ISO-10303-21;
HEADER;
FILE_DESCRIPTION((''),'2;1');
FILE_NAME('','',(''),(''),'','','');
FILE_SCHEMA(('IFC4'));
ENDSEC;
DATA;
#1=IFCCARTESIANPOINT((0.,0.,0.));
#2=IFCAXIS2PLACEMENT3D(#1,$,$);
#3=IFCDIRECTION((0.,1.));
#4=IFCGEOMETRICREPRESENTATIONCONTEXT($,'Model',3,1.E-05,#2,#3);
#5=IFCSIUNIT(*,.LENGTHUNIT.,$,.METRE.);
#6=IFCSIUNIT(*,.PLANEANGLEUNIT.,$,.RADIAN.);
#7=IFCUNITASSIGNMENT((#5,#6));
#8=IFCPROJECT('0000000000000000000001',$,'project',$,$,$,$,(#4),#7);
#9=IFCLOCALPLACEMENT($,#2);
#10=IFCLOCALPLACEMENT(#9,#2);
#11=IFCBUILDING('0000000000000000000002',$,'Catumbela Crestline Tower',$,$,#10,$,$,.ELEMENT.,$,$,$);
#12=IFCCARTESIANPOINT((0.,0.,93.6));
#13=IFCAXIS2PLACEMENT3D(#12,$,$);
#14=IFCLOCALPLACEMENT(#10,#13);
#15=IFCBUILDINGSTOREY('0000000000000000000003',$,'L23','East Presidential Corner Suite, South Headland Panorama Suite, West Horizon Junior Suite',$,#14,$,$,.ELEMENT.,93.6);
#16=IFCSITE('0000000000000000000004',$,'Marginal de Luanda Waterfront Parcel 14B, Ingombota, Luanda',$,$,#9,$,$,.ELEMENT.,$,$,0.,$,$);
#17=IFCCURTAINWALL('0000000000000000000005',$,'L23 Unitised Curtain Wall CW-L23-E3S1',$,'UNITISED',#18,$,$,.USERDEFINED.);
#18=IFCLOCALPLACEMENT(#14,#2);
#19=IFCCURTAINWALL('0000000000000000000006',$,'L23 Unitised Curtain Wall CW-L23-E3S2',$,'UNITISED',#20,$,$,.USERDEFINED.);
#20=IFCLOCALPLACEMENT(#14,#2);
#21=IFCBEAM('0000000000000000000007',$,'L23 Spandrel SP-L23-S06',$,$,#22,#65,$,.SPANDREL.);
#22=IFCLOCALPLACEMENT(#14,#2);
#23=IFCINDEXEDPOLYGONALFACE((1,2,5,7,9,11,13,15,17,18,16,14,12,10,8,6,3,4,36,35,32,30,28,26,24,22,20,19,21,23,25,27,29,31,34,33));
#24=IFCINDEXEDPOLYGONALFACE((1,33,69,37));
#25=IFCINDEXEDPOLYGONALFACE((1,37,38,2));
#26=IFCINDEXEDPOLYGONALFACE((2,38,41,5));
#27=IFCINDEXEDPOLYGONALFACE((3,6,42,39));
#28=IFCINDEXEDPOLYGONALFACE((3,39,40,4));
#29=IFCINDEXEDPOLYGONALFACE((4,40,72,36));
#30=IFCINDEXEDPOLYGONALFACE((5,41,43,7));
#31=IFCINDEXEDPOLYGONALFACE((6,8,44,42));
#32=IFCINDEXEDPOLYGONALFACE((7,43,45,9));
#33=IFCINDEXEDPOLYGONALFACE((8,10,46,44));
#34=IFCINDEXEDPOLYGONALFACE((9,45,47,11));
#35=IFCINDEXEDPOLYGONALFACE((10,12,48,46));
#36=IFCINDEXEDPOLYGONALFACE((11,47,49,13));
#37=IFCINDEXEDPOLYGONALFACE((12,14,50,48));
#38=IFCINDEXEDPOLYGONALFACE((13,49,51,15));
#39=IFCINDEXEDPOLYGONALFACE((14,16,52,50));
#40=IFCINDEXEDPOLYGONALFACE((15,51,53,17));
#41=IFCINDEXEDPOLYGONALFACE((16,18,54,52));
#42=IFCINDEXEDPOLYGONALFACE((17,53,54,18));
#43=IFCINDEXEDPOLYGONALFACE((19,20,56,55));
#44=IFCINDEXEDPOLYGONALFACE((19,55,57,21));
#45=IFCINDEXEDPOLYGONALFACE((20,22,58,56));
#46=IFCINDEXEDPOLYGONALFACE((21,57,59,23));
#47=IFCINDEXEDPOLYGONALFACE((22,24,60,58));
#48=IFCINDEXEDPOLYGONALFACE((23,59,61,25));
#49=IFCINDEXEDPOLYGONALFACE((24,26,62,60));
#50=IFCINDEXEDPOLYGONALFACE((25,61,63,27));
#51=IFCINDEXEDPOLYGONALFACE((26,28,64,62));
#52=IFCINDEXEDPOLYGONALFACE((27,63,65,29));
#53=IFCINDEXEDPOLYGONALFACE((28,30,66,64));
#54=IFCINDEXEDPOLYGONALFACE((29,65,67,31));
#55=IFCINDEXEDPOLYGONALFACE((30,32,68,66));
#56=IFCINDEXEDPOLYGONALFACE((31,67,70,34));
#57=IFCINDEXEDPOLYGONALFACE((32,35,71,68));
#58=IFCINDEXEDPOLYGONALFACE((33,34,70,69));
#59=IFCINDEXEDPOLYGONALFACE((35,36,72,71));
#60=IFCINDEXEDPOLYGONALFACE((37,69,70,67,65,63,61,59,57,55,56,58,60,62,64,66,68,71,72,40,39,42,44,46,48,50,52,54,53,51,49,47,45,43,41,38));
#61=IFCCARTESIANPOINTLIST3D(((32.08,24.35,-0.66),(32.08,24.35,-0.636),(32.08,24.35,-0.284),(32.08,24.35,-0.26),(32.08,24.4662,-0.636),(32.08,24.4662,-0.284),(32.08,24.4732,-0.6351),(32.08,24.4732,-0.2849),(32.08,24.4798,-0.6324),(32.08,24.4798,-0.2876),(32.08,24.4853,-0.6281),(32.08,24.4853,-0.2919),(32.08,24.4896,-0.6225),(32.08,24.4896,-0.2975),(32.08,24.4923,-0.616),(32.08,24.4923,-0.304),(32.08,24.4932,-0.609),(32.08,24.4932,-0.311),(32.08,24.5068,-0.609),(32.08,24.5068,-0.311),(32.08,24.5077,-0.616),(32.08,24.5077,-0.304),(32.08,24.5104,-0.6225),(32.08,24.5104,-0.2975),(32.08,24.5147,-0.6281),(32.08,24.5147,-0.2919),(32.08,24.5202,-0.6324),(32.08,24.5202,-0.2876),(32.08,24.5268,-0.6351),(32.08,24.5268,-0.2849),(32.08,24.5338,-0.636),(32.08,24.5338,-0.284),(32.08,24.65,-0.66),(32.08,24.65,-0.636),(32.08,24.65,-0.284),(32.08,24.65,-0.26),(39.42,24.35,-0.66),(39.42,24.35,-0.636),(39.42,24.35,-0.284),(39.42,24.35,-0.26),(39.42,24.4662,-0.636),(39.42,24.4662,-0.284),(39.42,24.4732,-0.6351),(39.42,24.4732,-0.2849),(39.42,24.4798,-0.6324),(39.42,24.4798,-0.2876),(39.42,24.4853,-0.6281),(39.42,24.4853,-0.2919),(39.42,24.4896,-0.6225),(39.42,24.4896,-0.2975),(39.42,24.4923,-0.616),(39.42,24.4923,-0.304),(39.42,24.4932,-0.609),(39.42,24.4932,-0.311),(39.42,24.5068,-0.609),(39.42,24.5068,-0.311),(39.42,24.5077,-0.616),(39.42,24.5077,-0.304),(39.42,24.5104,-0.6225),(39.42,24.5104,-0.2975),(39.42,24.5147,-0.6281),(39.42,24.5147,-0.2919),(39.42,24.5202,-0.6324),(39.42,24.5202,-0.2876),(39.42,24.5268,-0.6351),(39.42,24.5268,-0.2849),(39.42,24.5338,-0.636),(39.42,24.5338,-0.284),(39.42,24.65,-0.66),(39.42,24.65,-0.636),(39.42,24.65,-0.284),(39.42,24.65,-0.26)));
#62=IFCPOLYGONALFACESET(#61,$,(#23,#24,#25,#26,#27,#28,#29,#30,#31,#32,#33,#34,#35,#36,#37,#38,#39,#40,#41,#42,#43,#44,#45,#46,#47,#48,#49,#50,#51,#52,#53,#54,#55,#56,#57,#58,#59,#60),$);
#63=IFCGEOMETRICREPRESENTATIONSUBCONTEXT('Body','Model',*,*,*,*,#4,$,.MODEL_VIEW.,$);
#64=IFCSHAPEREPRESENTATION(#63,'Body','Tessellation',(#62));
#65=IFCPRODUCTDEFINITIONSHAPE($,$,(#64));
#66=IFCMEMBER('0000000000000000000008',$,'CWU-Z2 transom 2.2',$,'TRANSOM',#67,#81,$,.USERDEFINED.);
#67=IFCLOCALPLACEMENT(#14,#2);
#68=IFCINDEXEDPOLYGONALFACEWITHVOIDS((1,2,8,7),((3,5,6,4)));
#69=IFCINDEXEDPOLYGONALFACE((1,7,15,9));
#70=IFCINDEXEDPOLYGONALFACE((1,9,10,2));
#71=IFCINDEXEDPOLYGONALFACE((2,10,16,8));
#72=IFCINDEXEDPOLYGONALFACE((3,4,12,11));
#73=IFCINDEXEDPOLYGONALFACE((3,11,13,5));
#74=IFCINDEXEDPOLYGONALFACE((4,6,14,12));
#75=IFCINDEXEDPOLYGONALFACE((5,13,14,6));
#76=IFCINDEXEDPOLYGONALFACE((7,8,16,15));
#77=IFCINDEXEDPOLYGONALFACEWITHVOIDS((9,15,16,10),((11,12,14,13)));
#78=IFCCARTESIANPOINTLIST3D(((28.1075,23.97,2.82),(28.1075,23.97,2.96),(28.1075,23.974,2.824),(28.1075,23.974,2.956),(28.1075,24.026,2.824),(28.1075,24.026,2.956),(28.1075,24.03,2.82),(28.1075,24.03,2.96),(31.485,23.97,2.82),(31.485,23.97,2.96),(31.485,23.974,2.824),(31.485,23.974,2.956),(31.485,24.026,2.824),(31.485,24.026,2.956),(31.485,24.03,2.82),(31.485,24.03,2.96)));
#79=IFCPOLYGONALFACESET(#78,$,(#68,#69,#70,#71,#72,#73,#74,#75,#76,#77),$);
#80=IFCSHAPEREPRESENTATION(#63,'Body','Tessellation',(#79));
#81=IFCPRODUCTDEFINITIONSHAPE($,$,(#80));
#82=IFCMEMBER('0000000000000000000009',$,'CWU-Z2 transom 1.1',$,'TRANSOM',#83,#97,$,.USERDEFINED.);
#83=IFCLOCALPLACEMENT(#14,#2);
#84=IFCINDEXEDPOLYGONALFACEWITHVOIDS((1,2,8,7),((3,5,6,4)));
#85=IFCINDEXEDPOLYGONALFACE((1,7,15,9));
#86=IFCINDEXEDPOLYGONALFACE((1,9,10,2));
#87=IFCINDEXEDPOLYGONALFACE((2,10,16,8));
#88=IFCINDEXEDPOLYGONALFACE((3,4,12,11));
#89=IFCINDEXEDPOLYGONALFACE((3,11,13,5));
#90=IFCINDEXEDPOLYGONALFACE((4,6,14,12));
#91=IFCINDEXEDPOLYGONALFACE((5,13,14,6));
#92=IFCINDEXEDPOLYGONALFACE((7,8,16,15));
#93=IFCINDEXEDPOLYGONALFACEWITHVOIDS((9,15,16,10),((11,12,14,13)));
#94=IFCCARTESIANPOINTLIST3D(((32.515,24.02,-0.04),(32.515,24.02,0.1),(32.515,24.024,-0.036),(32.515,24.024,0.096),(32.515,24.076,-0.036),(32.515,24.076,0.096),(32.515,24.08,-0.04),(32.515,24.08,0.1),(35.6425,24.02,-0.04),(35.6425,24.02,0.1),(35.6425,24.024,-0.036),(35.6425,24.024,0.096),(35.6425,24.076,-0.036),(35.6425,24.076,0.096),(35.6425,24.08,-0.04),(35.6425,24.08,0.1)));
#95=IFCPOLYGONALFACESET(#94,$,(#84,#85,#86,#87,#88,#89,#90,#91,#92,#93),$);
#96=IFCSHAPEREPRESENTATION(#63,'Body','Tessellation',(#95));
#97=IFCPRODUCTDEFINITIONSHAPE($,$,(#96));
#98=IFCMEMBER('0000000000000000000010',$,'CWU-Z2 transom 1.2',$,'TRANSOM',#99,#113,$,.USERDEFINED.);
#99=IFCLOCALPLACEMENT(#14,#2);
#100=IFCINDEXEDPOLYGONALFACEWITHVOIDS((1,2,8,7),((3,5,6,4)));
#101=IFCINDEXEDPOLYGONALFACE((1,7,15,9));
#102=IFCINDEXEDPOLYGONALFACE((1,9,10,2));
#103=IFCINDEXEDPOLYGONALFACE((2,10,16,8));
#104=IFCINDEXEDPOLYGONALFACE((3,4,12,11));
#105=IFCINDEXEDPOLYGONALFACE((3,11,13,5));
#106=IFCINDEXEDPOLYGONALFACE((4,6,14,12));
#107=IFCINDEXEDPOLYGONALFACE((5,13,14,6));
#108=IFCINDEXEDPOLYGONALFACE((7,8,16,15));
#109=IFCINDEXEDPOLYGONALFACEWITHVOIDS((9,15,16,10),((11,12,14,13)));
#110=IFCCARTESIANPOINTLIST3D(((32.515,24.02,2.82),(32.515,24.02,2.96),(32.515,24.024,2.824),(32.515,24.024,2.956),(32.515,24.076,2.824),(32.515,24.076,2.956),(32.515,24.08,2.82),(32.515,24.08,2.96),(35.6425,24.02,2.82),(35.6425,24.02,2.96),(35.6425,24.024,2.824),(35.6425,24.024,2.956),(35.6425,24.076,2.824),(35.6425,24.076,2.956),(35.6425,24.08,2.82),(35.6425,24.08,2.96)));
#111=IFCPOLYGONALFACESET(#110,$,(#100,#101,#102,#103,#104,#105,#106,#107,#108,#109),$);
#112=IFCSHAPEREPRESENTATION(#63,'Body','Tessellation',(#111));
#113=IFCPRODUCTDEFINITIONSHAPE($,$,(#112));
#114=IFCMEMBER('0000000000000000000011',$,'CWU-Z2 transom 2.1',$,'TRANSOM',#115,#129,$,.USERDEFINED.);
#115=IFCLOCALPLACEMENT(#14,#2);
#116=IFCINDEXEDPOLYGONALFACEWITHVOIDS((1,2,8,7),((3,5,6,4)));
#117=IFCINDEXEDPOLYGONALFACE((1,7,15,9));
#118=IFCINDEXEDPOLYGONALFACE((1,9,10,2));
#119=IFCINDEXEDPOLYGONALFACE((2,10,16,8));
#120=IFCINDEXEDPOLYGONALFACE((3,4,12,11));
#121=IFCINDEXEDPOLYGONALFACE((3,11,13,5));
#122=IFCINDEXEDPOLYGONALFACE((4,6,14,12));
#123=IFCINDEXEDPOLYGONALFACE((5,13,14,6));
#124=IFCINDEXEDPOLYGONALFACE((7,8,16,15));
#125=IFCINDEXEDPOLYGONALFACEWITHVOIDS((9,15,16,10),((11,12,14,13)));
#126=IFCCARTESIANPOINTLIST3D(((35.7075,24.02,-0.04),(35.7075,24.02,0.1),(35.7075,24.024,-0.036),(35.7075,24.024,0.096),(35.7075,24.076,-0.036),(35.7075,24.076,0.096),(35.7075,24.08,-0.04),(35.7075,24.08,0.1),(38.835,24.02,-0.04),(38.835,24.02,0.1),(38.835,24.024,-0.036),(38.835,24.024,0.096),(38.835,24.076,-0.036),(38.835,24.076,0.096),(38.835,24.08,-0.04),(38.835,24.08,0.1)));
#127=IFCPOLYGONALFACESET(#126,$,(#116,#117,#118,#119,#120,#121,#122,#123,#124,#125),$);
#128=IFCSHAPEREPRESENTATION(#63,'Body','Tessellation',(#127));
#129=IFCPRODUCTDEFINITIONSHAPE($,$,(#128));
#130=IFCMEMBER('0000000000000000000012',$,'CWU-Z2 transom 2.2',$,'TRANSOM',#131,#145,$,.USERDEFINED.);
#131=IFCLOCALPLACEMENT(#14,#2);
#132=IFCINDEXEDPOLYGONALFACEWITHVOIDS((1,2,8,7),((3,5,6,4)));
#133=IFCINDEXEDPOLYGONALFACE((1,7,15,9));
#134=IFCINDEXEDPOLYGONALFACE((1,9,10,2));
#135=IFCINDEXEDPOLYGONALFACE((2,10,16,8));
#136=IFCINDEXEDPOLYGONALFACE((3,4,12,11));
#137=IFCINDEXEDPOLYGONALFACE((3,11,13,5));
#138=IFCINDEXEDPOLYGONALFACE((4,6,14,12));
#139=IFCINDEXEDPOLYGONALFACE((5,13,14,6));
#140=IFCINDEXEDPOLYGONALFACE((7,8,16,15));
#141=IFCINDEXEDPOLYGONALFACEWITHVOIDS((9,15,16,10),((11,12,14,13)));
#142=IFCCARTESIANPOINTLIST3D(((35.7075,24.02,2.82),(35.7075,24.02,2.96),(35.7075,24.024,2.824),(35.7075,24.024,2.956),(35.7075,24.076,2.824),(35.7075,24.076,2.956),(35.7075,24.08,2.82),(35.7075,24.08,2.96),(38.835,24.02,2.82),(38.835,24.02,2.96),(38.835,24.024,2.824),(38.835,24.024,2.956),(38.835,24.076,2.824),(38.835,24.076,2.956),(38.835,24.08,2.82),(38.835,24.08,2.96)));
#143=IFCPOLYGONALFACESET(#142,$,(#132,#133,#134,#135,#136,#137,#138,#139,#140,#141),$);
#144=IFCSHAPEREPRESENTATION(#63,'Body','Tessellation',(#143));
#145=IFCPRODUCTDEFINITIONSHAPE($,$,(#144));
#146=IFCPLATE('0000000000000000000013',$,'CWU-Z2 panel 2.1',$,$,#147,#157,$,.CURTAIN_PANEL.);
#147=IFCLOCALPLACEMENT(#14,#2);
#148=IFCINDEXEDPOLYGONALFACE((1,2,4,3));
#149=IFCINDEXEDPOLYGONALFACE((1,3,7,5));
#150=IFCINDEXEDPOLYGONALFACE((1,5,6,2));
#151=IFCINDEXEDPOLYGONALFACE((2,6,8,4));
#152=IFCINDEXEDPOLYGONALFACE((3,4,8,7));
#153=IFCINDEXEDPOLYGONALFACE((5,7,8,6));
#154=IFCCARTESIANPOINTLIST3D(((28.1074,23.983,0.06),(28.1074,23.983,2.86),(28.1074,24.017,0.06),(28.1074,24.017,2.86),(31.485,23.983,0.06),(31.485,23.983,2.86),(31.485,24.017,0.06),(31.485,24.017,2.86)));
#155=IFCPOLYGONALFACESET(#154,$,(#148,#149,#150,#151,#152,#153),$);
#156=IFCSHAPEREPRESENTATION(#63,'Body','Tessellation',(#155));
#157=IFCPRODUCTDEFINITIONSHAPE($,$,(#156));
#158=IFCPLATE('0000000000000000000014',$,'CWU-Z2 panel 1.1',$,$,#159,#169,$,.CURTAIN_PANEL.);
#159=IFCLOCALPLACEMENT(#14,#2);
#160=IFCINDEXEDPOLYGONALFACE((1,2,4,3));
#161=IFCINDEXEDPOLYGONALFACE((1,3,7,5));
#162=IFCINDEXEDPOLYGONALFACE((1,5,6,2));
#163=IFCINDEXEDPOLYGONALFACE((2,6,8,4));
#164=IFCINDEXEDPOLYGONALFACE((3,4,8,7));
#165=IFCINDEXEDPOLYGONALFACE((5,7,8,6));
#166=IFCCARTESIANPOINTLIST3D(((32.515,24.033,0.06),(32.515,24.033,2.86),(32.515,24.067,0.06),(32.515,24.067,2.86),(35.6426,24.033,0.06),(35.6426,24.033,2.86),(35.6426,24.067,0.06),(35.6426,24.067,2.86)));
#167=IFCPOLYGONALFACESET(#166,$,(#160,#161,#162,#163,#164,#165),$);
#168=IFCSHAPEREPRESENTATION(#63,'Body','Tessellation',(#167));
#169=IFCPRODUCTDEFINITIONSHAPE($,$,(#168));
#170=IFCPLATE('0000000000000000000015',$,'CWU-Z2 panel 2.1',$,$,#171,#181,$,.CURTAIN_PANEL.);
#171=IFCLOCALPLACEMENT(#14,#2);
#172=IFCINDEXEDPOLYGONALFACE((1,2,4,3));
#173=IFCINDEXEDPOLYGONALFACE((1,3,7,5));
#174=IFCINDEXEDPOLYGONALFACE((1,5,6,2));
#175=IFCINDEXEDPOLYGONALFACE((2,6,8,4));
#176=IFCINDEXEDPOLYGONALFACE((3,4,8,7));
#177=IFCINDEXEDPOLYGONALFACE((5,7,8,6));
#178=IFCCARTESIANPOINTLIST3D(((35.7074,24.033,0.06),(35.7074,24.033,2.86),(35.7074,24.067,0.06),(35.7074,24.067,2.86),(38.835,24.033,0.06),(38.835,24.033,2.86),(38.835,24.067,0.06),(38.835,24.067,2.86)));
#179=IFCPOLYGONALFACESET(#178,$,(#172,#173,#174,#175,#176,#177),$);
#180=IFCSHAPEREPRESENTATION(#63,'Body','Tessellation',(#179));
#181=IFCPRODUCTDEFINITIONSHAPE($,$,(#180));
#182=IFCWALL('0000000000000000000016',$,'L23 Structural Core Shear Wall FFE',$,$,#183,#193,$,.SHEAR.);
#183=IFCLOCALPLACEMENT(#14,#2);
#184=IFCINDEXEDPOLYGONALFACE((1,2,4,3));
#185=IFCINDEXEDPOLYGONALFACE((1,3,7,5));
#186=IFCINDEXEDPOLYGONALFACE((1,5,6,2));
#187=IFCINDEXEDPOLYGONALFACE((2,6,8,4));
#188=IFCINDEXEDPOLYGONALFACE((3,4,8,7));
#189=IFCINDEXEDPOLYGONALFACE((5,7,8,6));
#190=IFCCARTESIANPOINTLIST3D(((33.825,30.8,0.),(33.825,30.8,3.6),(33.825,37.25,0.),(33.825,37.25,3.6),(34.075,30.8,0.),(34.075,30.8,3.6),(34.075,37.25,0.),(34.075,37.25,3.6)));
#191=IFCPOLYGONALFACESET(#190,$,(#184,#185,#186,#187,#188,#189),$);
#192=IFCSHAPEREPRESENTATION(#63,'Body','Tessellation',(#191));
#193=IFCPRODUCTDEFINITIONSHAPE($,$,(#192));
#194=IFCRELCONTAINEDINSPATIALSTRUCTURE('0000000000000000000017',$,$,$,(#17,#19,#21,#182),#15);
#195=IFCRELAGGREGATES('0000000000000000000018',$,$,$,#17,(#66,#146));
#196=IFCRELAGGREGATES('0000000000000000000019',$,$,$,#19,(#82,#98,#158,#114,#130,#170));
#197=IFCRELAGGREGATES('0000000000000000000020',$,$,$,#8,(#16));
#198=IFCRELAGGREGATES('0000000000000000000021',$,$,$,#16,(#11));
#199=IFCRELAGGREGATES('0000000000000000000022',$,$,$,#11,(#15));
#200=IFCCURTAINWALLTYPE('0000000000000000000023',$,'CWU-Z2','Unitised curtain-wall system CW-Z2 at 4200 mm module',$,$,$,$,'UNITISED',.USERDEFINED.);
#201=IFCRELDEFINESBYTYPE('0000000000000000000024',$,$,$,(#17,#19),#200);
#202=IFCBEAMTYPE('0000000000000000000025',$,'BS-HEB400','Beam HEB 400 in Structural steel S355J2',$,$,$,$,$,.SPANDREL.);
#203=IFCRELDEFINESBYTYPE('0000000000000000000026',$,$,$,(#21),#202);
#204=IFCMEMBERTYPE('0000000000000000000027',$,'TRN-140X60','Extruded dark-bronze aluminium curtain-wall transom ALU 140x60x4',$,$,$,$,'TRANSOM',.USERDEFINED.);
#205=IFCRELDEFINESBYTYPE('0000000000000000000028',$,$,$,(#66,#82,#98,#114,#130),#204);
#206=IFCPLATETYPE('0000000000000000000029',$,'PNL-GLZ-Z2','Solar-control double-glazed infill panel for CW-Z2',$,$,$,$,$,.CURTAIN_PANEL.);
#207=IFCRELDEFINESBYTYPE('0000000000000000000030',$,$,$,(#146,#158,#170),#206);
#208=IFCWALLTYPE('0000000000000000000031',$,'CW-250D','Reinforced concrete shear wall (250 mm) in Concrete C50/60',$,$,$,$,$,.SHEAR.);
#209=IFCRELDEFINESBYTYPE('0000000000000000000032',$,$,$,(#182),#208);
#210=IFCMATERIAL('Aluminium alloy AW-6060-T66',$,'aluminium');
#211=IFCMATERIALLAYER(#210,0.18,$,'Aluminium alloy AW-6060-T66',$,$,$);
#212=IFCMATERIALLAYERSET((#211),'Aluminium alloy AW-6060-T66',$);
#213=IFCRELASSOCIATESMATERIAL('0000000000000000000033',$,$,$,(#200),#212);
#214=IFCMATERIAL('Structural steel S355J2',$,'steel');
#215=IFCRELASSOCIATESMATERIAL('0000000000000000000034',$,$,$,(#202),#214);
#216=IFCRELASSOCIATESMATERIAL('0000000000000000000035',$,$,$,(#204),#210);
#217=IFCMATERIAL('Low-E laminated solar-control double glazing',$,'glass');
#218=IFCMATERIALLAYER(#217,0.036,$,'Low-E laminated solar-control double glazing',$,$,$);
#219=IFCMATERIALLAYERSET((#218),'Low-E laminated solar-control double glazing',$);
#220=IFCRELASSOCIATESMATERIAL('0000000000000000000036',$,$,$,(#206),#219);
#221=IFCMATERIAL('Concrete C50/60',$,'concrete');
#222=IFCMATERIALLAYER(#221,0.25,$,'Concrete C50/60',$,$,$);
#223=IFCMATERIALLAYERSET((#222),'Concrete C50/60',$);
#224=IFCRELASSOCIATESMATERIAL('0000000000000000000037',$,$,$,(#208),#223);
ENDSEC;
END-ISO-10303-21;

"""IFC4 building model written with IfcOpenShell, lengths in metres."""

from ifc_helpers import new_model, si_unit, direction, frame, frame_2d, origin, origin_2d, place, context, subcontext, project, spatial, rectangle, hollow_rectangle, i_section, extrude, material, layer, layer_set, material_profile, profile_set, type_object, element, aggregate, save


model = new_model("IFC4")

# Units and contexts
model_context = context("Model", 3, precision=1e-05, world=origin(), true_north=direction((0.0, 1.0)))
body_context = subcontext(model_context, "Body", "Model", "MODEL_VIEW")
ifc_project = project(units=[si_unit("LENGTHUNIT", "METRE"), si_unit("PLANEANGLEUNIT", "RADIAN")], contexts=[model_context])

# Site, building, storey
site_placement = place(None, origin())
site = spatial("IfcSite", under=ifc_project, at=site_placement, Name="Marginal de Luanda Waterfront Parcel 14B, Ingombota, Luanda", CompositionType="ELEMENT", RefElevation=0.0)
building_placement = place(site_placement, origin())
building = spatial("IfcBuilding", under=site, at=building_placement, Name="Catumbela Crestline Tower", CompositionType="ELEMENT")
storey_placement = place(building_placement, frame((0.0, 0.0, 93.6)))
storey = spatial("IfcBuildingStorey", under=building, at=storey_placement, Name="L23", Description="East Presidential Corner Suite, South Headland Panorama Suite, West Horizon Junior Suite", CompositionType="ELEMENT", Elevation=93.6)

# Shared definitions
ifc_material_1 = material(Name="Concrete C50/60", Category="concrete")

# Shared definitions
ifc_material_2 = material(Name="Structural steel S355J2", Category="steel")

# Curtain wall
ifc_material_3 = material(Name="Aluminium alloy AW-6060-T66", Category="aluminium")
ifc_layer_1 = layer(ifc_material_3, 0.18, Name="Aluminium alloy AW-6060-T66")
ifc_layer_set_1 = layer_set([ifc_layer_1], Name="Aluminium alloy AW-6060-T66")
curtain_wall_type = type_object("IfcCurtainWallType", Name="CWU-Z2", Description="Unitised curtain-wall system CW-Z2 at 4200 mm module", ElementType="UNITISED", PredefinedType="USERDEFINED", material=ifc_layer_set_1)
curtain_wall_1_placement = place(storey_placement, origin())
curtain_wall_1 = element("IfcCurtainWall", 1, at=curtain_wall_1_placement, inside=storey, type_object=curtain_wall_type, Name="L23 Unitised Curtain Wall CW-L23-E3S1", ObjectType="UNITISED", PredefinedType="USERDEFINED")

# Curtain wall
curtain_wall_2_placement = place(storey_placement, origin())
curtain_wall_2 = element("IfcCurtainWall", 2, at=curtain_wall_2_placement, inside=storey, type_object=curtain_wall_type, Name="L23 Unitised Curtain Wall CW-L23-E3S2", ObjectType="UNITISED", PredefinedType="USERDEFINED")

# Beam
ifc_material_profile_1 = material_profile(ifc_material_2, i_section(OverallWidth=0.3, OverallDepth=0.4, WebThickness=0.0135, FlangeThickness=0.024, FilletRadius=0.027, at=origin_2d()), Name="HEB 400")
ifc_profile_set_1 = profile_set([ifc_material_profile_1], Name="Structural steel S355J2")
beam_type_1 = type_object("IfcBeamType", Name="BS-HEB400", Description="Beam HEB 400 in Structural steel S355J2", PredefinedType="SPANDREL", material=ifc_profile_set_1)
beam_placement = place(storey_placement, frame((32.08, 24.5, -0.46), z_axis=(1.0, 0.0, 0.0), x_axis=(0.0, 1.0, 0.0)))
element("IfcBeam", 3, at=beam_placement, inside=storey, type_object=beam_type_1, Name="L23 Spandrel SP-L23-S06", PredefinedType="SPANDREL", context=body_context, shape_type="SweptSolid", body=[
    extrude(i_section(OverallWidth=0.3, OverallDepth=0.4, WebThickness=0.0135, FlangeThickness=0.024, FilletRadius=0.027, at=origin_2d()), origin(), (0.0, 0.0, 1.0), 7.34),
])

# Members
ifc_material_profile_2 = material_profile(ifc_material_3, hollow_rectangle(XDim=0.06, YDim=0.14, WallThickness=0.004, at=origin_2d()), Name="ALU 140x60x4")
ifc_profile_set_2 = profile_set([ifc_material_profile_2], Name="Aluminium alloy AW-6060-T66")
member_type_1 = type_object("IfcMemberType", Name="TRN-140X60", Description="Extruded dark-bronze aluminium curtain-wall transom ALU 140x60x4", ElementType="TRANSOM", PredefinedType="USERDEFINED", material=ifc_profile_set_2)
member_1_placement = place(storey_placement, frame((28.1075, 24.0, 2.89), z_axis=(1.0, 0.0, 0.0), x_axis=(0.0, 1.0, 0.0)))
member_1 = element("IfcMember", 4, at=member_1_placement, type_object=member_type_1, Name="CWU-Z2 transom 2.2", ObjectType="TRANSOM", PredefinedType="USERDEFINED", context=body_context, shape_type="SweptSolid", body=[
    extrude(hollow_rectangle(XDim=0.06, YDim=0.14, WallThickness=0.004, at=origin_2d()), origin(), (0.0, 0.0, 1.0), 3.3775),
])
member_2_placement = place(storey_placement, frame((32.515, 24.05, 0.03), z_axis=(1.0, 0.0, 0.0), x_axis=(0.0, 1.0, 0.0)))
member_2 = element("IfcMember", 5, at=member_2_placement, type_object=member_type_1, Name="CWU-Z2 transom 1.1", ObjectType="TRANSOM", PredefinedType="USERDEFINED", context=body_context, shape_type="SweptSolid", body=[
    extrude(hollow_rectangle(XDim=0.06, YDim=0.14, WallThickness=0.004, at=origin_2d()), origin(), (0.0, 0.0, 1.0), 3.1275),
])
member_3_placement = place(storey_placement, frame((32.515, 24.05, 2.89), z_axis=(1.0, 0.0, 0.0), x_axis=(0.0, 1.0, 0.0)))
member_3 = element("IfcMember", 6, at=member_3_placement, type_object=member_type_1, Name="CWU-Z2 transom 1.2", ObjectType="TRANSOM", PredefinedType="USERDEFINED", context=body_context, shape_type="SweptSolid", body=[
    extrude(hollow_rectangle(XDim=0.06, YDim=0.14, WallThickness=0.004, at=origin_2d()), origin(), (0.0, 0.0, 1.0), 3.1275),
])
member_4_placement = place(storey_placement, frame((35.7075, 24.05, 0.03), z_axis=(1.0, 0.0, 0.0), x_axis=(0.0, 1.0, 0.0)))
member_4 = element("IfcMember", 7, at=member_4_placement, type_object=member_type_1, Name="CWU-Z2 transom 2.1", ObjectType="TRANSOM", PredefinedType="USERDEFINED", context=body_context, shape_type="SweptSolid", body=[
    extrude(hollow_rectangle(XDim=0.06, YDim=0.14, WallThickness=0.004, at=origin_2d()), origin(), (0.0, 0.0, 1.0), 3.1275),
])
member_5_placement = place(storey_placement, frame((35.7075, 24.05, 2.89), z_axis=(1.0, 0.0, 0.0), x_axis=(0.0, 1.0, 0.0)))
member_5 = element("IfcMember", 8, at=member_5_placement, type_object=member_type_1, Name="CWU-Z2 transom 2.2", ObjectType="TRANSOM", PredefinedType="USERDEFINED", context=body_context, shape_type="SweptSolid", body=[
    extrude(hollow_rectangle(XDim=0.06, YDim=0.14, WallThickness=0.004, at=origin_2d()), origin(), (0.0, 0.0, 1.0), 3.1275),
])

# Plates
ifc_material_4 = material(Name="Low-E laminated solar-control double glazing", Category="glass")
ifc_layer_2 = layer(ifc_material_4, 0.036, Name="Low-E laminated solar-control double glazing")
ifc_layer_set_2 = layer_set([ifc_layer_2], Name="Low-E laminated solar-control double glazing")
plate_type = type_object("IfcPlateType", Name="PNL-GLZ-Z2", Description="Solar-control double-glazed infill panel for CW-Z2", PredefinedType="CURTAIN_PANEL", material=ifc_layer_set_2)
plate_1_placement = place(storey_placement, frame((29.7962, 24.0, 0.06), z_axis=(0.0, 0.0, 1.0), x_axis=(1.0, 0.0, 0.0)))
plate_1 = element("IfcPlate", 9, at=plate_1_placement, type_object=plate_type, Name="CWU-Z2 panel 2.1", PredefinedType="CURTAIN_PANEL", context=body_context, shape_type="SweptSolid", body=[
    extrude(rectangle(XDim=3.3775, YDim=0.034, at=origin_2d()), origin(), (0.0, 0.0, 1.0), 2.8),
])
aggregate(curtain_wall_1, [member_1, plate_1])
plate_2_placement = place(storey_placement, frame((34.0788, 24.05, 0.06), z_axis=(0.0, 0.0, 1.0), x_axis=(1.0, 0.0, 0.0)))
plate_2 = element("IfcPlate", 10, at=plate_2_placement, type_object=plate_type, Name="CWU-Z2 panel 1.1", PredefinedType="CURTAIN_PANEL", context=body_context, shape_type="SweptSolid", body=[
    extrude(rectangle(XDim=3.1275, YDim=0.034, at=origin_2d()), origin(), (0.0, 0.0, 1.0), 2.8),
])
plate_3_placement = place(storey_placement, frame((37.2712, 24.05, 0.06), z_axis=(0.0, 0.0, 1.0), x_axis=(1.0, 0.0, 0.0)))
plate_3 = element("IfcPlate", 11, at=plate_3_placement, type_object=plate_type, Name="CWU-Z2 panel 2.1", PredefinedType="CURTAIN_PANEL", context=body_context, shape_type="SweptSolid", body=[
    extrude(rectangle(XDim=3.1275, YDim=0.034, at=origin_2d()), origin(), (0.0, 0.0, 1.0), 2.8),
])
aggregate(curtain_wall_2, [member_2, member_3, plate_2, member_4, member_5, plate_3])

# Wall
ifc_layer_3 = layer(ifc_material_1, 0.25, Name="Concrete C50/60")
ifc_layer_set_3 = layer_set([ifc_layer_3], Name="Concrete C50/60")
wall_type_1 = type_object("IfcWallType", Name="CW-250D", Description="Reinforced concrete shear wall (250 mm) in Concrete C50/60", PredefinedType="SHEAR", material=ifc_layer_set_3)
wall_1_placement = place(storey_placement, frame((33.95, 30.8, 0.0), z_axis=(0.0, 0.0, 1.0), x_axis=(0.0, 1.0, 0.0)))
element("IfcWall", 12, at=wall_1_placement, inside=storey, type_object=wall_type_1, Name="L23 Structural Core Shear Wall FFE", PredefinedType="SHEAR", context=body_context, shape_type="SweptSolid", body=[
    extrude(rectangle(XDim=6.45, YDim=0.25, at=frame_2d((3.225, 0.0))), origin(), (0.0, 0.0, 1.0), 3.6),
])

save(model, "model.ifc")
